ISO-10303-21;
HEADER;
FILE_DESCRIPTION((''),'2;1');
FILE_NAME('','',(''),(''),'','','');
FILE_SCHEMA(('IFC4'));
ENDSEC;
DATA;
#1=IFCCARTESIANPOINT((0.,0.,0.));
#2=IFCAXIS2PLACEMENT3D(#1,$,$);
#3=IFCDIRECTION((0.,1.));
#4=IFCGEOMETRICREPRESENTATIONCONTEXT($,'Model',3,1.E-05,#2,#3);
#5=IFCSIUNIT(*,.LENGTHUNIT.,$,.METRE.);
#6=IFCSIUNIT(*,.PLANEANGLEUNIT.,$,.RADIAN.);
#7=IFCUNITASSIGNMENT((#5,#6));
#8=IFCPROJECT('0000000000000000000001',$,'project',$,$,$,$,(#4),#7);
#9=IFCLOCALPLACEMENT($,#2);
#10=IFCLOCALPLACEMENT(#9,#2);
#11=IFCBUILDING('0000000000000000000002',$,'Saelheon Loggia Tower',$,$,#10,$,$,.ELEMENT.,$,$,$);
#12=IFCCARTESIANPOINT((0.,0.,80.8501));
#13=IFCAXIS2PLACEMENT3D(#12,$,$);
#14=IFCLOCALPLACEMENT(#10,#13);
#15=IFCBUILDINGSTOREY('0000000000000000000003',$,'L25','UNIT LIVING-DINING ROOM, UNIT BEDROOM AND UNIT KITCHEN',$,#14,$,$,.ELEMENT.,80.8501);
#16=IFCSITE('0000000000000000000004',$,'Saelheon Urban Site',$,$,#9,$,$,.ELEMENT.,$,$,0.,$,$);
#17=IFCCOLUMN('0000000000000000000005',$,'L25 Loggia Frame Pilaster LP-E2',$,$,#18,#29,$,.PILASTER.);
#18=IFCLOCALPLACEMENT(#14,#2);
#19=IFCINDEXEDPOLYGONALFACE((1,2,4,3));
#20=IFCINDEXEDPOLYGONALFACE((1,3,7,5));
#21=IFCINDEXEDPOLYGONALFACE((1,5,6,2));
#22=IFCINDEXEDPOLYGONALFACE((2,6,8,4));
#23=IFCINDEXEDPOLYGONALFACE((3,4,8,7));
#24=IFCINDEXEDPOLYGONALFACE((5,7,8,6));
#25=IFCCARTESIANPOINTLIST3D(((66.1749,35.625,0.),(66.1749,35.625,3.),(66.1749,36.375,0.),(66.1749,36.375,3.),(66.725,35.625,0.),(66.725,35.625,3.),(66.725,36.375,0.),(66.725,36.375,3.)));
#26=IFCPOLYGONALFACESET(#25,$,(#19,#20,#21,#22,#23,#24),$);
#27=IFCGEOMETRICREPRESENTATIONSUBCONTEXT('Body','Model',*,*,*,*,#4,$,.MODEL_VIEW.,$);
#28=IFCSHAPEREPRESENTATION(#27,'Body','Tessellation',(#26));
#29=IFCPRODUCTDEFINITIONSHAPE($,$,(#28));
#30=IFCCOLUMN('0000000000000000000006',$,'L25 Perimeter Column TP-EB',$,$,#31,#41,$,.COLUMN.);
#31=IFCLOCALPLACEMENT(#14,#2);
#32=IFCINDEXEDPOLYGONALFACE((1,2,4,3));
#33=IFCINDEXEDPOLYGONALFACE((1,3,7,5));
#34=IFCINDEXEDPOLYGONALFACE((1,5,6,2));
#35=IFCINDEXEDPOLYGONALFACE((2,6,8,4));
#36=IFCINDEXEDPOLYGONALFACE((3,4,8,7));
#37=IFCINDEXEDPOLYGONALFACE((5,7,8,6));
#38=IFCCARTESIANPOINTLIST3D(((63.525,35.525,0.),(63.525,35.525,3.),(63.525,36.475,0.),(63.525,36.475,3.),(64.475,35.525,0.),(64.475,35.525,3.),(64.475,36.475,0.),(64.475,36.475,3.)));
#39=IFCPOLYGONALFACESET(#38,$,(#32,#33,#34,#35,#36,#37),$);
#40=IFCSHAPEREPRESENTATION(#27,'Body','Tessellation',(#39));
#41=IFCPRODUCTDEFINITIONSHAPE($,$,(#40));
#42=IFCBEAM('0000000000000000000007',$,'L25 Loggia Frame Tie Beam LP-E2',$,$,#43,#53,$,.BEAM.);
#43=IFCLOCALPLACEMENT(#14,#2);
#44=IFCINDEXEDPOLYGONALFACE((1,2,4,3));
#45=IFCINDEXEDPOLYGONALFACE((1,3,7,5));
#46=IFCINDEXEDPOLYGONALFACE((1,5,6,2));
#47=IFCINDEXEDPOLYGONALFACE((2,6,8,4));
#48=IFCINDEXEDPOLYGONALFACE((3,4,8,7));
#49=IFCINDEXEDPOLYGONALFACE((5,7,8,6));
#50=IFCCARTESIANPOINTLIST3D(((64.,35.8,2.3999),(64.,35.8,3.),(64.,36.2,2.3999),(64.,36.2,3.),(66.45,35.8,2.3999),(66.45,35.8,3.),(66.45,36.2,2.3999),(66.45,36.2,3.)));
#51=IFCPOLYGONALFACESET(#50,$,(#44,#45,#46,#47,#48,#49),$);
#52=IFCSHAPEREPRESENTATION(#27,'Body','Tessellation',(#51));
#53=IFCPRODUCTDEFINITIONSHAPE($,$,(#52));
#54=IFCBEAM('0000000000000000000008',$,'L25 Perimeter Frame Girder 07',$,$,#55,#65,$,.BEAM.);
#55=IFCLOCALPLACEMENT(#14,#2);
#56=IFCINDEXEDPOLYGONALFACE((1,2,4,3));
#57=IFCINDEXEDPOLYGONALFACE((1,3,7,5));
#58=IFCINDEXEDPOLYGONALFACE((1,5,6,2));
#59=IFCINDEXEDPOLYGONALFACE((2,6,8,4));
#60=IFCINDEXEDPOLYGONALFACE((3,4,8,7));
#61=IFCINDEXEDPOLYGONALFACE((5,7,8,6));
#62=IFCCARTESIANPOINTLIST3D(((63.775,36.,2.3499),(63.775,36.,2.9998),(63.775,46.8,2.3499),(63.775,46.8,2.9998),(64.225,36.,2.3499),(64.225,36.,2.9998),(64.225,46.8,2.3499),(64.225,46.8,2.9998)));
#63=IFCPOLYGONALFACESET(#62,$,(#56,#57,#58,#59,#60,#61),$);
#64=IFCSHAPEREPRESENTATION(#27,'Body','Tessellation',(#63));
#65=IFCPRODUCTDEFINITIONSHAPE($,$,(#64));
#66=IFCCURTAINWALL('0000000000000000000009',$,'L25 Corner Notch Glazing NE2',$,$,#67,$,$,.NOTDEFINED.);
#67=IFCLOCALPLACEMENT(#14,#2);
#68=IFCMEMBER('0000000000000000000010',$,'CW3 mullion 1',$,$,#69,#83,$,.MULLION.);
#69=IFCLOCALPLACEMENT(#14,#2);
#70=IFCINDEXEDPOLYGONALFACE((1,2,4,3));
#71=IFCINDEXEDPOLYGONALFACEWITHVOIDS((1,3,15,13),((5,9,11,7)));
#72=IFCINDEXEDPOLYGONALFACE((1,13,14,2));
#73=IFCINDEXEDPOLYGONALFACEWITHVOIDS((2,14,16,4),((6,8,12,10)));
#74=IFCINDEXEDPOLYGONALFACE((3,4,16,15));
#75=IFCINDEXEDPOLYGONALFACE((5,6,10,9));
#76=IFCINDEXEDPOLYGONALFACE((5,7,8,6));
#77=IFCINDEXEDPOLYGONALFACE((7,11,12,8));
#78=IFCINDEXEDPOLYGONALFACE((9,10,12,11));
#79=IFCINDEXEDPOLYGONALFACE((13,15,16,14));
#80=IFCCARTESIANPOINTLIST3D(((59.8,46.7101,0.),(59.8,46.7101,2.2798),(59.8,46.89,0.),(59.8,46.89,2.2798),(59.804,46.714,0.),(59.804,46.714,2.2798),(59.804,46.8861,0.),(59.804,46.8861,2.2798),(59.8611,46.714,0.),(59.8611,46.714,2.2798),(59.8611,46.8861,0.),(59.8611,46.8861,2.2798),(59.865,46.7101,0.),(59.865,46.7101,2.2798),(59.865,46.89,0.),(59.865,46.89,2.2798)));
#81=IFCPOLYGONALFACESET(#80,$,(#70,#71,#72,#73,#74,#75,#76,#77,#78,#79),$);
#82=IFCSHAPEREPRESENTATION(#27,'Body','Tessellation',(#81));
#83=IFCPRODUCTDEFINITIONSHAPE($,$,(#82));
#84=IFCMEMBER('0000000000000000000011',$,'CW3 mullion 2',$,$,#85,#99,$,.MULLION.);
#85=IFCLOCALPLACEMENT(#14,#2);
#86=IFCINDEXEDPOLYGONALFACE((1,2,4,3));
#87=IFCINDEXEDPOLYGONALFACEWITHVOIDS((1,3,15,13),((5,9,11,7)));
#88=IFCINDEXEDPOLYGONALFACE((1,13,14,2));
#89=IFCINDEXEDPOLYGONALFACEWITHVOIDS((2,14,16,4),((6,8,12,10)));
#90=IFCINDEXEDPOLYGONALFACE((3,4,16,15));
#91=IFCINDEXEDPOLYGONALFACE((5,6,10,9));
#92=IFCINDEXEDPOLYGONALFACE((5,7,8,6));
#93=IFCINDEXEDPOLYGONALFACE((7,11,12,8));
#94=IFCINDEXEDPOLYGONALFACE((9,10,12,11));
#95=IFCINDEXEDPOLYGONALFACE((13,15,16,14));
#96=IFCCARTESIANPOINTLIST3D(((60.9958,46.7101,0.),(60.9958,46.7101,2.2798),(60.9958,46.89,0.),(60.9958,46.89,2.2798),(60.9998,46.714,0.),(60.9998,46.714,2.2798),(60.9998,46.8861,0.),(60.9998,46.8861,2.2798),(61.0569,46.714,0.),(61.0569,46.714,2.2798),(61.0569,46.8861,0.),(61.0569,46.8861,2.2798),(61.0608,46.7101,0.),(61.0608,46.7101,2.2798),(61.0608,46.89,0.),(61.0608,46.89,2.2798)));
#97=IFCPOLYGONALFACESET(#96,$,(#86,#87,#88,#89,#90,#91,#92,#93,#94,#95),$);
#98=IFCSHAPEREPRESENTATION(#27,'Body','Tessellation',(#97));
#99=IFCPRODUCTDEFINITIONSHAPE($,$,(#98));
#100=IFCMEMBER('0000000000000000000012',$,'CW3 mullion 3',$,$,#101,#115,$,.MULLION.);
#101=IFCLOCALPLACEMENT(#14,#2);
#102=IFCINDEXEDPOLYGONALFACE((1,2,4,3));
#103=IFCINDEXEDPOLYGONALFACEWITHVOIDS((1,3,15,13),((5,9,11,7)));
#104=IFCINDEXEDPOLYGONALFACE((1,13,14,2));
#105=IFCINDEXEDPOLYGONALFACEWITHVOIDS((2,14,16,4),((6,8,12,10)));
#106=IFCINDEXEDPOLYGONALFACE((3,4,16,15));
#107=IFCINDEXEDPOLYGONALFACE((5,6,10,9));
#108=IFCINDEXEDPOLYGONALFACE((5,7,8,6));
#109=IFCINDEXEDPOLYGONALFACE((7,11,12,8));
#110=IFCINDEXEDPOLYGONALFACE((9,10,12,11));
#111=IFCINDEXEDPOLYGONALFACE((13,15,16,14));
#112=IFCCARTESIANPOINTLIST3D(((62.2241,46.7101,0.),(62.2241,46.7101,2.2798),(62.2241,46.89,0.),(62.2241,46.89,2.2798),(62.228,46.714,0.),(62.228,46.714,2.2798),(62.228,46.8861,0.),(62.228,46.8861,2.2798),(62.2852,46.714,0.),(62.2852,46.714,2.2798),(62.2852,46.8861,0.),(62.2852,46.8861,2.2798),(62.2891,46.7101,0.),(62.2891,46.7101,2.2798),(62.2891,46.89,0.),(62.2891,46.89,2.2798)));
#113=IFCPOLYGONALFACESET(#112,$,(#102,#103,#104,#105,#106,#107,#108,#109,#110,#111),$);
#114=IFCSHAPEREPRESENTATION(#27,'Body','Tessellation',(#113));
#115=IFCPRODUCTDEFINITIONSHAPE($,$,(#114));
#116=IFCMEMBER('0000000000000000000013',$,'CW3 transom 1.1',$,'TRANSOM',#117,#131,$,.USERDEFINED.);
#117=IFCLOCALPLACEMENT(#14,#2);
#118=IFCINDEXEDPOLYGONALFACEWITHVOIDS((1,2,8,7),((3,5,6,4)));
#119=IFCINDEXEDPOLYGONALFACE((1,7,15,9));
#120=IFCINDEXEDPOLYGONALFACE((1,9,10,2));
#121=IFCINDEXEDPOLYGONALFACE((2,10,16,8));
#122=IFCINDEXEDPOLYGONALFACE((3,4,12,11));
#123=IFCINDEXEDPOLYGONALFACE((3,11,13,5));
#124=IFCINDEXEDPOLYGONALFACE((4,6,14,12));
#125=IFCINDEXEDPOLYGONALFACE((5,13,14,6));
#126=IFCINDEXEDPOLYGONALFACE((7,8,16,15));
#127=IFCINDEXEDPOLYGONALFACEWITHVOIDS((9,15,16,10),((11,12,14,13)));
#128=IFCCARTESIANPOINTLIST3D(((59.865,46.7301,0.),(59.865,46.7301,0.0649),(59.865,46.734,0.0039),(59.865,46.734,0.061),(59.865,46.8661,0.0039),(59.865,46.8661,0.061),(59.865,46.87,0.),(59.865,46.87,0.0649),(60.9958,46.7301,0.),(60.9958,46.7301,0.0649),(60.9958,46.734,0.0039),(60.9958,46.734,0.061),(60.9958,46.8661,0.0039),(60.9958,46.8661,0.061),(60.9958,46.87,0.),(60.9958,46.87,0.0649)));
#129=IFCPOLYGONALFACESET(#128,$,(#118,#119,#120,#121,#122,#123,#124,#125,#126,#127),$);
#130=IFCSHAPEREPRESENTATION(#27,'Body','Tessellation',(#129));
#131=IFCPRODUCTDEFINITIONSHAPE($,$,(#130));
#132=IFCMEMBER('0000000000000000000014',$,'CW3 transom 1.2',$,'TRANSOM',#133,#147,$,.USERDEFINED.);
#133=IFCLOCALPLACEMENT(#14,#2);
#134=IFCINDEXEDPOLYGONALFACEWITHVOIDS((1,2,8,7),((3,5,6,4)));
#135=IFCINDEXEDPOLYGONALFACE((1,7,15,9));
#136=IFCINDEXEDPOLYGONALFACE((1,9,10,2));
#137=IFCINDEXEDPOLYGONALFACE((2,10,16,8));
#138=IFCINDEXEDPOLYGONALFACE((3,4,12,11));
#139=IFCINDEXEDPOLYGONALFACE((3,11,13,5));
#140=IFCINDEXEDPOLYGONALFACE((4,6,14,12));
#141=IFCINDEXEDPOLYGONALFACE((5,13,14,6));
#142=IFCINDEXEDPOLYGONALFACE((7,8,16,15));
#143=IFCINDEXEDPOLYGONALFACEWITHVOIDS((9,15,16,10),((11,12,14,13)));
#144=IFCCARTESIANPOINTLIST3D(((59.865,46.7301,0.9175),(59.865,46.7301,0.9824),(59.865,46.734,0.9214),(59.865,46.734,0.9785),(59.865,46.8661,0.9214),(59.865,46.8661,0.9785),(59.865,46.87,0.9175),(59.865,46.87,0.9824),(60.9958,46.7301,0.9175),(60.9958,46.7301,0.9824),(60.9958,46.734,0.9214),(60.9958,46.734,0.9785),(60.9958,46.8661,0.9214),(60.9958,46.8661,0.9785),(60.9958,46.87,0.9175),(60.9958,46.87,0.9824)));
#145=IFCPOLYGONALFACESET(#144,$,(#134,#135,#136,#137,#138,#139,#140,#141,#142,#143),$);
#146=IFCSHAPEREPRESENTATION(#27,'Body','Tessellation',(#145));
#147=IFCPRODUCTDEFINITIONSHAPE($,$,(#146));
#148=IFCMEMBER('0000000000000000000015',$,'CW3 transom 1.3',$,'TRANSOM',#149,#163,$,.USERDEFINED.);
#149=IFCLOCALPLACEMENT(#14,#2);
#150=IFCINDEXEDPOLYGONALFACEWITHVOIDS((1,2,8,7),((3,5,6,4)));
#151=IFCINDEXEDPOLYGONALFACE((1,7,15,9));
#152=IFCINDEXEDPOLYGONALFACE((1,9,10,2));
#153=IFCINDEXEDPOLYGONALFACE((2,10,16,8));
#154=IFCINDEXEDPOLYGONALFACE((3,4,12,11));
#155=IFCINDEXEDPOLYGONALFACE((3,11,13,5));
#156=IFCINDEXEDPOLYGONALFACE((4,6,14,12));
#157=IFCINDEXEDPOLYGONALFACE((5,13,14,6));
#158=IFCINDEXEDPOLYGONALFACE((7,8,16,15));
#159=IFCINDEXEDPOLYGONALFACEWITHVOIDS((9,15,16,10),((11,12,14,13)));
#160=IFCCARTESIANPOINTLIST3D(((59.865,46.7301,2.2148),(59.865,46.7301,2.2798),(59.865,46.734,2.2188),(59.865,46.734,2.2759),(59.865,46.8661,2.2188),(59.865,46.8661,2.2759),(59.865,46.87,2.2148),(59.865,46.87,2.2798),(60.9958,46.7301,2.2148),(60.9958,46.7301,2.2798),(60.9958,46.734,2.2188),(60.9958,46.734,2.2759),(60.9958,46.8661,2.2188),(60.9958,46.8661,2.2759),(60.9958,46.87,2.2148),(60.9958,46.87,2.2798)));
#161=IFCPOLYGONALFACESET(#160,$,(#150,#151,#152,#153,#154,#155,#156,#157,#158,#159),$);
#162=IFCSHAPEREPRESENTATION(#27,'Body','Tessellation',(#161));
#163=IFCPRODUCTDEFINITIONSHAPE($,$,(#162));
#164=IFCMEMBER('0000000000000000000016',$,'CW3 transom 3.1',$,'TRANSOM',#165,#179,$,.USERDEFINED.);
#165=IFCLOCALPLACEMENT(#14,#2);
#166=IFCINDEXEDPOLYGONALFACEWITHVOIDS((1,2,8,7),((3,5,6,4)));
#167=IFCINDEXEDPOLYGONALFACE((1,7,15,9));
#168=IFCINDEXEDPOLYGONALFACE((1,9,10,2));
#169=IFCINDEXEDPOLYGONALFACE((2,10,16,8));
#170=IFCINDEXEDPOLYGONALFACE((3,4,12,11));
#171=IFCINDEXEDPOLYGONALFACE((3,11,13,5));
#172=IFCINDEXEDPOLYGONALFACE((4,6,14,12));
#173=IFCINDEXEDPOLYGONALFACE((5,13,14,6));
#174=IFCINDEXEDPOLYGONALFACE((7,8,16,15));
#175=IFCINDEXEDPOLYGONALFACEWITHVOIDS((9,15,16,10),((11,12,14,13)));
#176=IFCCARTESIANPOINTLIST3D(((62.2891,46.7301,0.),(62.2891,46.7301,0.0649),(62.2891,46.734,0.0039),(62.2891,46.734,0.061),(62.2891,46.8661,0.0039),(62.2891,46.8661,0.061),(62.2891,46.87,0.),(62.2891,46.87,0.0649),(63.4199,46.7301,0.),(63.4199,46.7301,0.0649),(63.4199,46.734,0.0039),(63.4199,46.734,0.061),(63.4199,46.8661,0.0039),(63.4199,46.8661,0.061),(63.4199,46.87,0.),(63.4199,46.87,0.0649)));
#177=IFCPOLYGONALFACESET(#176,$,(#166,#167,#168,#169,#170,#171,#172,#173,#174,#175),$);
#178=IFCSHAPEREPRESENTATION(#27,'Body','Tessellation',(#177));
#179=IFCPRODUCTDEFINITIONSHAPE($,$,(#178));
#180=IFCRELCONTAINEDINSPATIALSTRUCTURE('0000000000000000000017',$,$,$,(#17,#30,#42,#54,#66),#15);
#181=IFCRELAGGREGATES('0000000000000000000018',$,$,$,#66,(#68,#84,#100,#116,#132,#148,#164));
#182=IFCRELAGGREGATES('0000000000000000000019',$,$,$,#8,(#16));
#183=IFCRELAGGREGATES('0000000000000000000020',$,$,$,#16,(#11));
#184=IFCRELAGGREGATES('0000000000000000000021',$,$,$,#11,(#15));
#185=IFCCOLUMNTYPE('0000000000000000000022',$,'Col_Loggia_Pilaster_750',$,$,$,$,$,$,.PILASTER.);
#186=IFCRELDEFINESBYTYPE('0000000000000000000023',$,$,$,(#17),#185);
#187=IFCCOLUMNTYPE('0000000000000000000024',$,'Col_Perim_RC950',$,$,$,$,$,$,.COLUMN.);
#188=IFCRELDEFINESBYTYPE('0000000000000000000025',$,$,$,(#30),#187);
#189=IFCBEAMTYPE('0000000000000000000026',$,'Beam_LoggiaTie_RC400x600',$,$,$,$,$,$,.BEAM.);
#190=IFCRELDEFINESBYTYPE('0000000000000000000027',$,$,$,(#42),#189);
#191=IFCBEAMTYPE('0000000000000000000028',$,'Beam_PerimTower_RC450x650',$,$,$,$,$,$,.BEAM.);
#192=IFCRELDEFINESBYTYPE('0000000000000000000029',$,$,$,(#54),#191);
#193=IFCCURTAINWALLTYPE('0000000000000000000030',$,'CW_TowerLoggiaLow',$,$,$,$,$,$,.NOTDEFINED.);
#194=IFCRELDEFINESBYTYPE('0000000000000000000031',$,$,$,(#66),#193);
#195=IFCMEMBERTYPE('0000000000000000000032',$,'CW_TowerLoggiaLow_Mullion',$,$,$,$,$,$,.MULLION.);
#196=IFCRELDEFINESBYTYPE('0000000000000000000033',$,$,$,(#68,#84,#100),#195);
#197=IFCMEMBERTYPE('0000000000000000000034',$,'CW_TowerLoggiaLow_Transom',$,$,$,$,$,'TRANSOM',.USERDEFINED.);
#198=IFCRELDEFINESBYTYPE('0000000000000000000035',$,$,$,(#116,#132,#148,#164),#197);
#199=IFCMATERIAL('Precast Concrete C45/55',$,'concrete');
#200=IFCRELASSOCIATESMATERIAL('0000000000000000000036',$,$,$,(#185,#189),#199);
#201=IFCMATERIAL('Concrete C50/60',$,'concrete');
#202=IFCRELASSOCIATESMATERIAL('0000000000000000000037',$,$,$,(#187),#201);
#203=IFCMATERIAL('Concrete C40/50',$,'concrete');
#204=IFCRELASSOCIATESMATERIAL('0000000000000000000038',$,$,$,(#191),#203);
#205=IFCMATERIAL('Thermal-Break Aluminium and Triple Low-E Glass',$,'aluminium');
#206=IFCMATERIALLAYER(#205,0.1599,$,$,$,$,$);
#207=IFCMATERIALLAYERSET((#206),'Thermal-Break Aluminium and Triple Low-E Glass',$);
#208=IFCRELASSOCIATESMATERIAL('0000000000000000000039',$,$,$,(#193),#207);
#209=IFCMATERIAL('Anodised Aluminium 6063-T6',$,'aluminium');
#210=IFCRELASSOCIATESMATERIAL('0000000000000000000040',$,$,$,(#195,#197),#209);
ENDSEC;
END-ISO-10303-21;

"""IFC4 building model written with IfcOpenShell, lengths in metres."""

from ifc_helpers import new_model, si_unit, direction, frame, origin, origin_2d, place, context, subcontext, project, spatial, rectangle, hollow_rectangle, extrude, source, transform, mapped, material, layer, layer_set, material_profile, profile_set, type_object, element, aggregate, save


model = new_model("IFC4")

# Units and contexts
model_context = context("Model", 3, precision=1e-05, world=origin(), true_north=direction((0.0, 1.0)))
body_context = subcontext(model_context, "Body", "Model", "MODEL_VIEW")
ifc_project = project(units=[si_unit("LENGTHUNIT", "METRE"), si_unit("PLANEANGLEUNIT", "RADIAN")], contexts=[model_context])

# Site, building, storey
site_placement = place(None, origin())
site = spatial("IfcSite", under=ifc_project, at=site_placement, Name="Saelheon Urban Site", CompositionType="ELEMENT", RefElevation=0.0)
building_placement = place(site_placement, origin())
building = spatial("IfcBuilding", under=site, at=building_placement, Name="Saelheon Loggia Tower", CompositionType="ELEMENT")
storey_placement = place(building_placement, frame((0.0, 0.0, 80.8501)))
storey = spatial("IfcBuildingStorey", under=building, at=storey_placement, Name="L25", Description="UNIT LIVING-DINING ROOM, UNIT BEDROOM AND UNIT KITCHEN", CompositionType="ELEMENT", Elevation=80.8501)

# Columns
ifc_material_1 = material(Name="Precast Concrete C45/55", Category="concrete")
ifc_material_profile_1 = material_profile(ifc_material_1, rectangle(XDim=0.55, YDim=0.75, at=origin_2d()), Name="RC-550x750")
ifc_profile_set_1 = profile_set([ifc_material_profile_1], Name="Precast Concrete C45/55")
column_type_1 = type_object("IfcColumnType", Name="Col_Loggia_Pilaster_750", PredefinedType="PILASTER", material=ifc_profile_set_1)
shared_shape_1 = source(origin(), body_context, "Body", "SweptSolid", [
    extrude(rectangle(XDim=0.55, YDim=0.75, at=origin_2d()), origin(), (0.0, 0.0, 1.0), 3.0),
])
column_1_placement = place(storey_placement, frame((66.45, 36.0, 0.0), z_axis=(0.0, 0.0, 1.0), x_axis=(1.0, 0.0, 0.0)))
element("IfcColumn", 1, at=column_1_placement, inside=storey, type_object=column_type_1, Name="L25 Loggia Frame Pilaster LP-E2", PredefinedType="PILASTER", context=body_context, shape_type="MappedRepresentation", body=[
    mapped(shared_shape_1, transform((0.0, 0.0, 0.0), scale=1.0)),
])
ifc_material_2 = material(Name="Concrete C50/60", Category="concrete")
ifc_material_profile_2 = material_profile(ifc_material_2, rectangle(XDim=0.95, YDim=0.95, at=origin_2d()), Name="RC-950x950")
ifc_profile_set_2 = profile_set([ifc_material_profile_2], Name="Concrete C50/60")
column_type_2 = type_object("IfcColumnType", Name="Col_Perim_RC950", PredefinedType="COLUMN", material=ifc_profile_set_2)
shared_shape_2 = source(origin(), body_context, "Body", "SweptSolid", [
    extrude(rectangle(XDim=0.95, YDim=0.95, at=origin_2d()), origin(), (0.0, 0.0, 1.0), 3.0),
])
column_2_placement = place(storey_placement, frame((64.0, 36.0, 0.0), z_axis=(0.0, 0.0, 1.0), x_axis=(1.0, 0.0, 0.0)))
element("IfcColumn", 2, at=column_2_placement, inside=storey, type_object=column_type_2, Name="L25 Perimeter Column TP-EB", PredefinedType="COLUMN", context=body_context, shape_type="MappedRepresentation", body=[
    mapped(shared_shape_2, transform((0.0, 0.0, 0.0), scale=1.0)),
])

# Beams
ifc_material_profile_3 = material_profile(ifc_material_1, rectangle(XDim=0.3999, YDim=0.6001, at=origin_2d()), Name="RC-400x600")
ifc_profile_set_3 = profile_set([ifc_material_profile_3], Name="Precast Concrete C45/55")
beam_type_1 = type_object("IfcBeamType", Name="Beam_LoggiaTie_RC400x600", PredefinedType="BEAM", material=ifc_profile_set_3)
shared_shape_3 = source(origin(), body_context, "Body", "SweptSolid", [
    extrude(rectangle(XDim=0.3999, YDim=0.6001, at=origin_2d()), origin(), (0.0, 0.0, 1.0), 2.45),
])
beam_1_placement = place(storey_placement, frame((64.0, 36.0, 2.7), z_axis=(1.0, 0.0, 0.0), x_axis=(0.0, 1.0, 0.0)))
element("IfcBeam", 3, at=beam_1_placement, inside=storey, type_object=beam_type_1, Name="L25 Loggia Frame Tie Beam LP-E2", PredefinedType="BEAM", context=body_context, shape_type="MappedRepresentation", body=[
    mapped(shared_shape_3, transform((0.0, 0.0, 0.0), scale=1.0)),
])
ifc_material_3 = material(Name="Concrete C40/50", Category="concrete")
ifc_material_profile_4 = material_profile(ifc_material_3, rectangle(XDim=0.45, YDim=0.6499, at=origin_2d()), Name="RC-450x650")
ifc_profile_set_4 = profile_set([ifc_material_profile_4], Name="Concrete C40/50")
beam_type_2 = type_object("IfcBeamType", Name="Beam_PerimTower_RC450x650", PredefinedType="BEAM", material=ifc_profile_set_4)
shared_shape_4 = source(origin(), body_context, "Body", "SweptSolid", [
    extrude(rectangle(XDim=0.45, YDim=0.6499, at=origin_2d()), origin(), (0.0, 0.0, 1.0), 10.8),
])
beam_2_placement = place(storey_placement, frame((64.0, 36.0, 2.6748), z_axis=(0.0, 1.0, 0.0), x_axis=(-1.0, 0.0, 0.0)))
element("IfcBeam", 4, at=beam_2_placement, inside=storey, type_object=beam_type_2, Name="L25 Perimeter Frame Girder 07", PredefinedType="BEAM", context=body_context, shape_type="MappedRepresentation", body=[
    mapped(shared_shape_4, transform((0.0, 0.0, 0.0), scale=1.0)),
])

# Curtain wall, members
ifc_material_4 = material(Name="Thermal-Break Aluminium and Triple Low-E Glass", Category="aluminium")
ifc_layer_1 = layer(ifc_material_4, 0.1599)
ifc_layer_set_1 = layer_set([ifc_layer_1], Name="Thermal-Break Aluminium and Triple Low-E Glass")
curtain_wall_type = type_object("IfcCurtainWallType", Name="CW_TowerLoggiaLow", PredefinedType="NOTDEFINED", material=ifc_layer_set_1)
curtain_wall_placement = place(storey_placement, origin())
curtain_wall = element("IfcCurtainWall", 5, at=curtain_wall_placement, inside=storey, type_object=curtain_wall_type, Name="L25 Corner Notch Glazing NE2", PredefinedType="NOTDEFINED")
ifc_material_5 = material(Name="Anodised Aluminium 6063-T6", Category="aluminium")
ifc_material_profile_5 = material_profile(ifc_material_5, hollow_rectangle(XDim=0.0649, YDim=0.1799, WallThickness=0.0039, at=origin_2d()), Name="RHS-180x65x4")
ifc_profile_set_5 = profile_set([ifc_material_profile_5], Name="Anodised Aluminium 6063-T6")
member_type_1 = type_object("IfcMemberType", Name="CW_TowerLoggiaLow_Mullion", PredefinedType="MULLION", material=ifc_profile_set_5)
shared_shape_5 = source(origin(), body_context, "Body", "SweptSolid", [
    extrude(hollow_rectangle(XDim=0.0649, YDim=0.1799, WallThickness=0.0039, at=origin_2d()), origin(), (0.0, 0.0, 1.0), 2.2798),
])
member_1_placement = place(storey_placement, frame((59.8325, 46.8, 0.0), z_axis=(0.0, 0.0, 1.0), x_axis=(1.0, 0.0, 0.0)))
member_1 = element("IfcMember", 6, at=member_1_placement, type_object=member_type_1, Name="CW3 mullion 1", PredefinedType="MULLION", context=body_context, shape_type="MappedRepresentation", body=[
    mapped(shared_shape_5, transform((0.0, 0.0, 0.0), scale=1.0)),
])
member_2_placement = place(storey_placement, frame((61.0283, 46.8, 0.0), z_axis=(0.0, 0.0, 1.0), x_axis=(1.0, 0.0, 0.0)))
member_2 = element("IfcMember", 7, at=member_2_placement, type_object=member_type_1, Name="CW3 mullion 2", PredefinedType="MULLION", context=body_context, shape_type="MappedRepresentation", body=[
    mapped(shared_shape_5, transform((0.0, 0.0, 0.0), scale=1.0)),
])
member_3_placement = place(storey_placement, frame((62.2566, 46.8, 0.0), z_axis=(0.0, 0.0, 1.0), x_axis=(1.0, 0.0, 0.0)))
member_3 = element("IfcMember", 8, at=member_3_placement, type_object=member_type_1, Name="CW3 mullion 3", PredefinedType="MULLION", context=body_context, shape_type="MappedRepresentation", body=[
    mapped(shared_shape_5, transform((0.0, 0.0, 0.0), scale=1.0)),
])
ifc_material_profile_6 = material_profile(ifc_material_5, hollow_rectangle(XDim=0.0649, YDim=0.1399, WallThickness=0.0039, at=origin_2d()), Name="RHS-140x65x4")
ifc_profile_set_6 = profile_set([ifc_material_profile_6], Name="Anodised Aluminium 6063-T6")
member_type_2 = type_object("IfcMemberType", Name="CW_TowerLoggiaLow_Transom", ElementType="TRANSOM", PredefinedType="USERDEFINED", material=ifc_profile_set_6)
shared_shape_6 = source(origin(), body_context, "Body", "SweptSolid", [
    extrude(hollow_rectangle(XDim=0.0649, YDim=0.1399, WallThickness=0.0039, at=origin_2d()), origin(), (0.0, 0.0, 1.0), 1.1309),
])
member_4_placement = place(storey_placement, frame((59.865, 46.8, 0.0325), z_axis=(1.0, 0.0, 0.0), x_axis=(0.0, 0.0, 1.0)))
member_4 = element("IfcMember", 9, at=member_4_placement, type_object=member_type_2, Name="CW3 transom 1.1", ObjectType="TRANSOM", PredefinedType="USERDEFINED", context=body_context, shape_type="MappedRepresentation", body=[
    mapped(shared_shape_6, transform((0.0, 0.0, 0.0), scale=1.0)),
])
member_5_placement = place(storey_placement, frame((59.865, 46.8, 0.95), z_axis=(1.0, 0.0, 0.0), x_axis=(0.0, 0.0, 1.0)))
member_5 = element("IfcMember", 10, at=member_5_placement, type_object=member_type_2, Name="CW3 transom 1.2", ObjectType="TRANSOM", PredefinedType="USERDEFINED", context=body_context, shape_type="MappedRepresentation", body=[
    mapped(shared_shape_6, transform((0.0, 0.0, 0.0), scale=1.0)),
])
member_6_placement = place(storey_placement, frame((59.865, 46.8, 2.2473), z_axis=(1.0, 0.0, 0.0), x_axis=(0.0, 0.0, 1.0)))
member_6 = element("IfcMember", 11, at=member_6_placement, type_object=member_type_2, Name="CW3 transom 1.3", ObjectType="TRANSOM", PredefinedType="USERDEFINED", context=body_context, shape_type="MappedRepresentation", body=[
    mapped(shared_shape_6, transform((0.0, 0.0, 0.0), scale=1.0)),
])
member_7_placement = place(storey_placement, frame((62.2891, 46.8, 0.0325), z_axis=(1.0, 0.0, 0.0), x_axis=(0.0, 0.0, 1.0)))
member_7 = element("IfcMember", 12, at=member_7_placement, type_object=member_type_2, Name="CW3 transom 3.1", ObjectType="TRANSOM", PredefinedType="USERDEFINED", context=body_context, shape_type="MappedRepresentation", body=[
    mapped(shared_shape_6, transform((0.0, 0.0, 0.0), scale=1.0)),
])
aggregate(curtain_wall, [member_1, member_2, member_3, member_4, member_5, member_6, member_7])

save(model, "model.ifc")
